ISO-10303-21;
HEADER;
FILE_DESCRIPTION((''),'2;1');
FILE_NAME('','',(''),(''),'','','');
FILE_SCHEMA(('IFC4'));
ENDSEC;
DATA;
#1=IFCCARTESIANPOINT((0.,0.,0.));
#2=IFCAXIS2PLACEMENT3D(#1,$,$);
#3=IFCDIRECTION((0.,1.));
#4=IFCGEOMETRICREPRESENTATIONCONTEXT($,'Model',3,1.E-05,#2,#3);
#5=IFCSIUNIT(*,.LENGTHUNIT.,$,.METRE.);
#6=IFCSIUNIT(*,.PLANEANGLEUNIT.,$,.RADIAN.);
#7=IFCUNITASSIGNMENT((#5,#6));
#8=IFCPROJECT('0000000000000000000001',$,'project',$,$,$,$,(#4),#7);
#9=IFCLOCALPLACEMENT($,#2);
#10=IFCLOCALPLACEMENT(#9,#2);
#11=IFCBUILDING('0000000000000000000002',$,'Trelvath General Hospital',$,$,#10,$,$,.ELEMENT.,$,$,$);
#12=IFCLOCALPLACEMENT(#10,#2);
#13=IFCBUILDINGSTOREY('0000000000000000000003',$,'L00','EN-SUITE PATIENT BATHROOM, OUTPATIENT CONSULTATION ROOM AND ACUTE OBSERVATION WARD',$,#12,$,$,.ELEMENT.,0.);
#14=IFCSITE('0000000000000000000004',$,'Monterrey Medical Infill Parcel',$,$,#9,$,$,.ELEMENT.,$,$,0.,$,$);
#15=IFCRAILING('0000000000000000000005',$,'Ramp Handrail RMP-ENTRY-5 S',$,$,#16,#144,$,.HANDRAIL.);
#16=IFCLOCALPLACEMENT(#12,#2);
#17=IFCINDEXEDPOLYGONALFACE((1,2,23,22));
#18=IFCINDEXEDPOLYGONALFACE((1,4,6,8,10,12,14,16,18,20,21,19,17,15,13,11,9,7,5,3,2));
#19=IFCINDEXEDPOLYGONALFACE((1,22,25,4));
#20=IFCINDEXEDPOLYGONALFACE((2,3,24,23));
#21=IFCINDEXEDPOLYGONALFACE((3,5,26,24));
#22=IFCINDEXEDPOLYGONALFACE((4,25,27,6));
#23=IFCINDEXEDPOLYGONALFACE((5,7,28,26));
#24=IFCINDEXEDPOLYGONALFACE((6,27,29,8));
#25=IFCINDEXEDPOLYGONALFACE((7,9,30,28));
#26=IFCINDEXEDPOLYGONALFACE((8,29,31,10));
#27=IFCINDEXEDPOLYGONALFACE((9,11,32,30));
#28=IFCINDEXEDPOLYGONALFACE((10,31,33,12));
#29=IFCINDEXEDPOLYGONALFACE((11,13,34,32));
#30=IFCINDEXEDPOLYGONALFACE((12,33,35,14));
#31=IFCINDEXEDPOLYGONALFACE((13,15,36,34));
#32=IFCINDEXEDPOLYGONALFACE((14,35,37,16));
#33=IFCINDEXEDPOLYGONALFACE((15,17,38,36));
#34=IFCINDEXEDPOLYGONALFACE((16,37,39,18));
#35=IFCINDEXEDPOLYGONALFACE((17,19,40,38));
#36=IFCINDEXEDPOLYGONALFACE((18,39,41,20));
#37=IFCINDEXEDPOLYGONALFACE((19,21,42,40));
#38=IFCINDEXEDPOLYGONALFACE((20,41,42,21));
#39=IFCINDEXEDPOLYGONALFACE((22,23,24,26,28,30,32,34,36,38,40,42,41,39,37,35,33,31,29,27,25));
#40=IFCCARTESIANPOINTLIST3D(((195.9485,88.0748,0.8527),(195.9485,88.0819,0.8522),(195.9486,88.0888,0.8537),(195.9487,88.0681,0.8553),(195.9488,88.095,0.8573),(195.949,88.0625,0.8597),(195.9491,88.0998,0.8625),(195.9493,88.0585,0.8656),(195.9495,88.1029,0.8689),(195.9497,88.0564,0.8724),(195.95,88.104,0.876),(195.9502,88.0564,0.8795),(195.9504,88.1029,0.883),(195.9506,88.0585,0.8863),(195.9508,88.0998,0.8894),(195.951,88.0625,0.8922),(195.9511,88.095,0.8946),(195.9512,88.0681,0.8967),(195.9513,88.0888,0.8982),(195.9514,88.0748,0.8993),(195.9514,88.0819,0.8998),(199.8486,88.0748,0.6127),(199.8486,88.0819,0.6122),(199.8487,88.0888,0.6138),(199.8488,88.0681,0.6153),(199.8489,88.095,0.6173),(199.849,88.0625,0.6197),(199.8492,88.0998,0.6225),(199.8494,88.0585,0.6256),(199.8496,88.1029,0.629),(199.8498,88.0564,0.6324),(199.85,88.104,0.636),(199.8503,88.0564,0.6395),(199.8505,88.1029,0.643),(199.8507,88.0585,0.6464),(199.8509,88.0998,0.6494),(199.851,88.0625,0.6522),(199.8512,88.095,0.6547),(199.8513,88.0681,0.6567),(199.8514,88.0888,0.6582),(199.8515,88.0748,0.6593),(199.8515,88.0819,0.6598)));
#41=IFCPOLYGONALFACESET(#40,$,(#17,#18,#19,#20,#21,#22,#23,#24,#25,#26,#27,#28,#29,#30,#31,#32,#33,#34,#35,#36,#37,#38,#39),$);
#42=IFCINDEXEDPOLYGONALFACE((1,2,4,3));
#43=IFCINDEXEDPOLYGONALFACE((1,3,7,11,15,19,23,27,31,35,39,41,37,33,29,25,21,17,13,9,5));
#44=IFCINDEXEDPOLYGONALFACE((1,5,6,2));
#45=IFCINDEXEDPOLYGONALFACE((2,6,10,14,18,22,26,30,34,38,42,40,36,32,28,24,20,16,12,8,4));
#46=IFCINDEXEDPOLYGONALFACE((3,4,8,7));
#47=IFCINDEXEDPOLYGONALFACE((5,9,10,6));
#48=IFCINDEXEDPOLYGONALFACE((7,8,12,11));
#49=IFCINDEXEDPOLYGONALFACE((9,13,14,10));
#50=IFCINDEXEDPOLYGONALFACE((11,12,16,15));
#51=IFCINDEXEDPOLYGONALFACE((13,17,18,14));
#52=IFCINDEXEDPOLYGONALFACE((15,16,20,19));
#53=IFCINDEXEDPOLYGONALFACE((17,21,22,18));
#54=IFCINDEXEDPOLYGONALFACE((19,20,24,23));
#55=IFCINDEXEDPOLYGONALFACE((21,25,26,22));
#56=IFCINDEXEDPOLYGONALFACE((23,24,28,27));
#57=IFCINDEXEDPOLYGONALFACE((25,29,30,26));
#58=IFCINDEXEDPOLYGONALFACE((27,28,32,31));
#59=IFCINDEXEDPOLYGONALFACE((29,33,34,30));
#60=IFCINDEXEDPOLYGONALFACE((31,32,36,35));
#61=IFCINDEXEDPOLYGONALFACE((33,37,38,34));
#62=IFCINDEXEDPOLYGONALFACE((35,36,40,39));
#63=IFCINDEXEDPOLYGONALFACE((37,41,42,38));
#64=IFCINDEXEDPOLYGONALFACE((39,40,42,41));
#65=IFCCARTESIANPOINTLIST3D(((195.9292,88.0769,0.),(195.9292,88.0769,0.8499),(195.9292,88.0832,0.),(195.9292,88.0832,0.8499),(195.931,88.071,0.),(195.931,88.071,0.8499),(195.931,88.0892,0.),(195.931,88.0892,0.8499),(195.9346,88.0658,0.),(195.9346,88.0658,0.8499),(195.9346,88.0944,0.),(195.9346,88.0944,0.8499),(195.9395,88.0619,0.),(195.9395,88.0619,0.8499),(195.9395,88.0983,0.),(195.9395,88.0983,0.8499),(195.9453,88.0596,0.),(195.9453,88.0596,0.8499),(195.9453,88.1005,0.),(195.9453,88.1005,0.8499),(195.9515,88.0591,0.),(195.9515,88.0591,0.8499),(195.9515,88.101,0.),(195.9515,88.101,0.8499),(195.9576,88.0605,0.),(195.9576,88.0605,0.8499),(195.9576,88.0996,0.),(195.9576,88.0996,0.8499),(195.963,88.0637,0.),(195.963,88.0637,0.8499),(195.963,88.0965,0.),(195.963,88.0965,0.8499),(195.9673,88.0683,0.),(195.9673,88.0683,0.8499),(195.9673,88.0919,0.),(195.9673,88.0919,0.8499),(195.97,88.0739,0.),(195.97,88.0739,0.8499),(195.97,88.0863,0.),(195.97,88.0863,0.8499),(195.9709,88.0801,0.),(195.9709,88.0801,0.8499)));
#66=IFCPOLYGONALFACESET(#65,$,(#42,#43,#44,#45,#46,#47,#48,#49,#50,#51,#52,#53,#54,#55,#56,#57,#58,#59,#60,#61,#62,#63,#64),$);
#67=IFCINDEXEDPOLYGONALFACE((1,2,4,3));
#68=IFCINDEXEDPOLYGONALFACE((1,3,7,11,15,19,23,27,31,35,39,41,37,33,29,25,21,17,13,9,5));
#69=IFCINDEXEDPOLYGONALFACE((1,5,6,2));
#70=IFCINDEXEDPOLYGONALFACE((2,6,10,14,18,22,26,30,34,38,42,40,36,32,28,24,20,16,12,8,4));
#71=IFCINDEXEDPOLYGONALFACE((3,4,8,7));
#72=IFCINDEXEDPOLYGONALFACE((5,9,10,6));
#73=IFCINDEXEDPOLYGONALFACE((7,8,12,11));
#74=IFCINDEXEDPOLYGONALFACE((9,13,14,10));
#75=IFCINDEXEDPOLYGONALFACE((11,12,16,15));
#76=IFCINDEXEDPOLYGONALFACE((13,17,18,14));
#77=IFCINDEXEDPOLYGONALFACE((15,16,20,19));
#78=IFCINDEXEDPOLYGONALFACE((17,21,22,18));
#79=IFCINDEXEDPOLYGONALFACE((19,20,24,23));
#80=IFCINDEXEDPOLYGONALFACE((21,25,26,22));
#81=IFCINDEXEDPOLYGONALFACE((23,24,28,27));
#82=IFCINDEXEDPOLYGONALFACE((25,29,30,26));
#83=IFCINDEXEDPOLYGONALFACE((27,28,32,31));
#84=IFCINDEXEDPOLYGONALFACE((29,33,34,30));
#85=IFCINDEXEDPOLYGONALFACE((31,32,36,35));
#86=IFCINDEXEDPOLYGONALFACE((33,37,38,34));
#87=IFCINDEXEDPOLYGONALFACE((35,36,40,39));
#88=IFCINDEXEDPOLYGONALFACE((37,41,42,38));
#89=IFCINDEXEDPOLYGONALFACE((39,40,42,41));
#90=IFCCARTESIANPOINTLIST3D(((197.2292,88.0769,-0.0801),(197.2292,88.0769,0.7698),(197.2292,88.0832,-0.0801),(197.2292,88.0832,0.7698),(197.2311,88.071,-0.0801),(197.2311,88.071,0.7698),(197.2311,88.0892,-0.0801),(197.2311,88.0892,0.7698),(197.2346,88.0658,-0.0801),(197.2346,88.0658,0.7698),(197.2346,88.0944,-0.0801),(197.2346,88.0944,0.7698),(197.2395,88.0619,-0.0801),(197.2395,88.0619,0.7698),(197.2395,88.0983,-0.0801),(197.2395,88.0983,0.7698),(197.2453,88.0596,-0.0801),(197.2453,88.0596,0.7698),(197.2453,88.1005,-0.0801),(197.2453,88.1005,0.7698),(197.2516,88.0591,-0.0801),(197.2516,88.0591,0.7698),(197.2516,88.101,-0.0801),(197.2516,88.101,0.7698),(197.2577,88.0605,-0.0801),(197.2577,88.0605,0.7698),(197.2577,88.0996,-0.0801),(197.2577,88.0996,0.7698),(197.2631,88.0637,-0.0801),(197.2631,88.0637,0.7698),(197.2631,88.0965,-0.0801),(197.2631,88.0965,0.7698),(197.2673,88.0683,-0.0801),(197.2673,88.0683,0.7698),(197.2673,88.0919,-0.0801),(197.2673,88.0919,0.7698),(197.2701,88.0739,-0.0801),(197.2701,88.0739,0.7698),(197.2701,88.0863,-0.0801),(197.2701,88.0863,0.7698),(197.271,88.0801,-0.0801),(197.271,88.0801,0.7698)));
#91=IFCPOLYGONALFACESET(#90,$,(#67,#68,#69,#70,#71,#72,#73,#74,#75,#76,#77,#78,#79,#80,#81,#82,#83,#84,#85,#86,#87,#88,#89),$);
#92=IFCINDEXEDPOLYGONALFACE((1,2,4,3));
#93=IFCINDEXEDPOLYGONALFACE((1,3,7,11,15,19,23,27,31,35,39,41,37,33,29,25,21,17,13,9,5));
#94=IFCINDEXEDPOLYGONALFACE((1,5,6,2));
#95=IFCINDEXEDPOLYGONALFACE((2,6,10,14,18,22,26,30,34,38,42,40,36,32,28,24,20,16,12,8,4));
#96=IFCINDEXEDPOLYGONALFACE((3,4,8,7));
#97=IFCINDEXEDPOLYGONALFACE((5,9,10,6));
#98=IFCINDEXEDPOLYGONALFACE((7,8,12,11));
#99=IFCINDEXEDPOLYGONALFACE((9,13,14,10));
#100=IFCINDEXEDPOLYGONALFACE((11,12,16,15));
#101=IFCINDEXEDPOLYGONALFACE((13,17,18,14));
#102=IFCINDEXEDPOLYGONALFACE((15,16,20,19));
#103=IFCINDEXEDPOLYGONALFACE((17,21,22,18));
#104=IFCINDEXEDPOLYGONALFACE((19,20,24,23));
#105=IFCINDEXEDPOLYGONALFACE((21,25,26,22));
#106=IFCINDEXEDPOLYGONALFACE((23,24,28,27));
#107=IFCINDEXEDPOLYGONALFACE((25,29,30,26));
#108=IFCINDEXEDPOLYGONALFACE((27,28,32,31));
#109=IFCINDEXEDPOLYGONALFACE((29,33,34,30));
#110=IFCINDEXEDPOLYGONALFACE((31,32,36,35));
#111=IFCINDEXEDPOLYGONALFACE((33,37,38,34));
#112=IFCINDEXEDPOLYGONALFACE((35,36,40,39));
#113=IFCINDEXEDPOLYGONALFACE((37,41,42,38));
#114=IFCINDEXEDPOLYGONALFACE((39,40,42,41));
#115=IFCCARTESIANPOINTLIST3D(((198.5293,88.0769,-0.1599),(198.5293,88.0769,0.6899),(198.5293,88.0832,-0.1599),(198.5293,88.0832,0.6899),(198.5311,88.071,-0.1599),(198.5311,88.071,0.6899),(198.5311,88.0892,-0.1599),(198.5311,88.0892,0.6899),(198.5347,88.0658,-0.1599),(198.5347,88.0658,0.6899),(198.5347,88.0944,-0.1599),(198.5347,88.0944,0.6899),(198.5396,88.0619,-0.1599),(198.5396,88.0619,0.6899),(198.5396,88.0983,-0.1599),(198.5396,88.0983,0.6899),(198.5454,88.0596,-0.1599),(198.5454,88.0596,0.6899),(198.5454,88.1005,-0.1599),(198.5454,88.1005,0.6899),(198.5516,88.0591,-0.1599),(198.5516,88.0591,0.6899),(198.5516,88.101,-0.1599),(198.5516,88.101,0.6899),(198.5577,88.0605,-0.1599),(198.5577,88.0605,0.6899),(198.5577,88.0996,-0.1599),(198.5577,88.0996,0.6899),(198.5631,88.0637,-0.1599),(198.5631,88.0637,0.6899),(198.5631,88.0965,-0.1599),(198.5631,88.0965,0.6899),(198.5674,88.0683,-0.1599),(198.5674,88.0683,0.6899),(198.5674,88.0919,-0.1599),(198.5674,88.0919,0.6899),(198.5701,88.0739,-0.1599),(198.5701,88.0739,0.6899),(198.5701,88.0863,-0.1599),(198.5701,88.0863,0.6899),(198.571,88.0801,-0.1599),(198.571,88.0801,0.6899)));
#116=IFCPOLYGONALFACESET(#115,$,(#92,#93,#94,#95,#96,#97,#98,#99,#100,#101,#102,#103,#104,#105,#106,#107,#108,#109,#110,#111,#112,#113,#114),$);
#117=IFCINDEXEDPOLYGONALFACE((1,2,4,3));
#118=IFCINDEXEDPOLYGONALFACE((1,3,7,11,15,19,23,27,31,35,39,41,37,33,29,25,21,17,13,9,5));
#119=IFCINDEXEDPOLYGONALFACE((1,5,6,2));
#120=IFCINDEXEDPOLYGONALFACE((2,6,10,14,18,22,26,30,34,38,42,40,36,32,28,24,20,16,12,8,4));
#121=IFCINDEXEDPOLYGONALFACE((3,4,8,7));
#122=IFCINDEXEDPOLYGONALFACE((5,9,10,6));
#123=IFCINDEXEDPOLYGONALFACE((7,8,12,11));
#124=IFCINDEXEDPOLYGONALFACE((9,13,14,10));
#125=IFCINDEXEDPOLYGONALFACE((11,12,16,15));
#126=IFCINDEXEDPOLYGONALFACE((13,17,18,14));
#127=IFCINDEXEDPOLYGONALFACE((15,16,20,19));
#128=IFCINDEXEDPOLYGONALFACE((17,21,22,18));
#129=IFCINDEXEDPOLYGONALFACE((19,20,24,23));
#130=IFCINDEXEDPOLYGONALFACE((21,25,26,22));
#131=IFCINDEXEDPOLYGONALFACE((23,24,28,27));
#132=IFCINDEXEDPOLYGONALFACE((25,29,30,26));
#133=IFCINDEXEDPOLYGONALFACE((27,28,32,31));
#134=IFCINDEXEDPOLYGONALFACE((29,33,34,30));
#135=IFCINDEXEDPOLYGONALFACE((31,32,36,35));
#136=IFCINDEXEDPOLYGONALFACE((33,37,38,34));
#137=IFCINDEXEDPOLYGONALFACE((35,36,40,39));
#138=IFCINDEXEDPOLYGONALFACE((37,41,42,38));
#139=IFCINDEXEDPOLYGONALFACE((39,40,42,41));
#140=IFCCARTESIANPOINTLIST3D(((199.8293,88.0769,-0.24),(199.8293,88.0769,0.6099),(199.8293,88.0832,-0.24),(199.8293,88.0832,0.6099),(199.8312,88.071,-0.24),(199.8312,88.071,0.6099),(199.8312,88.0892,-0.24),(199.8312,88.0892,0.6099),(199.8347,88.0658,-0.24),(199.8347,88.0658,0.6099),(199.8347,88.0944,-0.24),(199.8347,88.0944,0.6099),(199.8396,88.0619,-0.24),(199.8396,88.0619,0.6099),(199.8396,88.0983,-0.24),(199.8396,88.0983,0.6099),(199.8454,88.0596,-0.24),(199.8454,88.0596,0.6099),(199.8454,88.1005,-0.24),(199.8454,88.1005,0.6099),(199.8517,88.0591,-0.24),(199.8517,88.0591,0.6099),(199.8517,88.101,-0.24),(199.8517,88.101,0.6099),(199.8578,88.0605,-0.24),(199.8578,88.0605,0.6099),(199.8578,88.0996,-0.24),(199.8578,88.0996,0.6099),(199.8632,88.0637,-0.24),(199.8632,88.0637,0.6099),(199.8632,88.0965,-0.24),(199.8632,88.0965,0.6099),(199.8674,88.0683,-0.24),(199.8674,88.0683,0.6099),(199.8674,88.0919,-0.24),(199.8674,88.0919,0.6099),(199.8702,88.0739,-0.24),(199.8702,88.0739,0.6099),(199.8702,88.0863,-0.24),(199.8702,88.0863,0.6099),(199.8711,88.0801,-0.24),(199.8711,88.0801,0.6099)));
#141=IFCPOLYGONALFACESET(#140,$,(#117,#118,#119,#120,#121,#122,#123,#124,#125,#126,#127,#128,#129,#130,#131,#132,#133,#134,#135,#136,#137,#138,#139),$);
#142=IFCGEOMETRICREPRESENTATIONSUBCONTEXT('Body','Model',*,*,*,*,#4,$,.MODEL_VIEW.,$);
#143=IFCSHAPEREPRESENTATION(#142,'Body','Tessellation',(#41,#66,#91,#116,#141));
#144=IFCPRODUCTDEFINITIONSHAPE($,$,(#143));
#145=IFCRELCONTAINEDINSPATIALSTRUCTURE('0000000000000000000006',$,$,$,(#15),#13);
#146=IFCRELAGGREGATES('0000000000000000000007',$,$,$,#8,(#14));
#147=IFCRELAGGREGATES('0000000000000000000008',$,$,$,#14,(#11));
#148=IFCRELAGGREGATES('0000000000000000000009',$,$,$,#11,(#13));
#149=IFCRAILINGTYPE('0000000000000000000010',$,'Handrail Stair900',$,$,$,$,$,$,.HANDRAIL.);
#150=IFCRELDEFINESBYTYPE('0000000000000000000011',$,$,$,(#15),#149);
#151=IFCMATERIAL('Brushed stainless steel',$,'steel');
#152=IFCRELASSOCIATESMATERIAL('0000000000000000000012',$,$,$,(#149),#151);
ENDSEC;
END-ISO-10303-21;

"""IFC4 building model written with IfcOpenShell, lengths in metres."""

from ifc_helpers import new_model, si_unit, direction, frame, origin, origin_2d, place, context, subcontext, project, spatial, circle, extrude, material, type_object, element, save


model = new_model("IFC4")

# Units and contexts
model_context = context("Model", 3, precision=1e-05, world=origin(), true_north=direction((0.0, 1.0)))
body_context = subcontext(model_context, "Body", "Model", "MODEL_VIEW")
ifc_project = project(units=[si_unit("LENGTHUNIT", "METRE"), si_unit("PLANEANGLEUNIT", "RADIAN")], contexts=[model_context])

# Site, building, storey
site_placement = place(None, origin())
site = spatial("IfcSite", under=ifc_project, at=site_placement, Name="Monterrey Medical Infill Parcel", CompositionType="ELEMENT", RefElevation=0.0)
building_placement = place(site_placement, origin())
building = spatial("IfcBuilding", under=site, at=building_placement, Name="Trelvath General Hospital", CompositionType="ELEMENT")
storey_placement = place(building_placement, origin())
storey = spatial("IfcBuildingStorey", under=building, at=storey_placement, Name="L00", Description="EN-SUITE PATIENT BATHROOM, OUTPATIENT CONSULTATION ROOM AND ACUTE OBSERVATION WARD", CompositionType="ELEMENT", Elevation=0.0)

# Railing
ifc_material_1 = material(Name="Brushed stainless steel", Category="steel")
railing_type = type_object("IfcRailingType", Name="Handrail Stair900", PredefinedType="HANDRAIL", material=ifc_material_1)
for number, where, name in (
    (1, (195.95, 88.0801, 0.0), "Ramp Handrail RMP-ENTRY-5 S"),
):
    element("IfcRailing", number, at=place(storey_placement, frame(where)), inside=storey, type_object=railing_type, Name=name, PredefinedType="HANDRAIL", context=body_context, shape_type="SweptSolid", body=[
        extrude(circle(Radius=0.0239, at=origin_2d()), frame((0.0, 0.0, 0.876), z_axis=(0.998112, 0.0, -0.061417), x_axis=(0.0, 1.0, 0.0)), (0.0, 0.0, 1.0), 3.9075),
        extrude(circle(Radius=0.021, at=origin_2d()), origin(), (0.0, 0.0, 1.0), 0.8499),
        extrude(circle(Radius=0.021, at=origin_2d()), frame((1.3, 0.0, -0.0801)), (0.0, 0.0, 1.0), 0.8499),
        extrude(circle(Radius=0.021, at=origin_2d()), frame((2.6001, 0.0, -0.1599)), (0.0, 0.0, 1.0), 0.8499),
        extrude(circle(Radius=0.021, at=origin_2d()), frame((3.9001, 0.0, -0.24)), (0.0, 0.0, 1.0), 0.8499),
    ])

save(model, "model.ifc")
